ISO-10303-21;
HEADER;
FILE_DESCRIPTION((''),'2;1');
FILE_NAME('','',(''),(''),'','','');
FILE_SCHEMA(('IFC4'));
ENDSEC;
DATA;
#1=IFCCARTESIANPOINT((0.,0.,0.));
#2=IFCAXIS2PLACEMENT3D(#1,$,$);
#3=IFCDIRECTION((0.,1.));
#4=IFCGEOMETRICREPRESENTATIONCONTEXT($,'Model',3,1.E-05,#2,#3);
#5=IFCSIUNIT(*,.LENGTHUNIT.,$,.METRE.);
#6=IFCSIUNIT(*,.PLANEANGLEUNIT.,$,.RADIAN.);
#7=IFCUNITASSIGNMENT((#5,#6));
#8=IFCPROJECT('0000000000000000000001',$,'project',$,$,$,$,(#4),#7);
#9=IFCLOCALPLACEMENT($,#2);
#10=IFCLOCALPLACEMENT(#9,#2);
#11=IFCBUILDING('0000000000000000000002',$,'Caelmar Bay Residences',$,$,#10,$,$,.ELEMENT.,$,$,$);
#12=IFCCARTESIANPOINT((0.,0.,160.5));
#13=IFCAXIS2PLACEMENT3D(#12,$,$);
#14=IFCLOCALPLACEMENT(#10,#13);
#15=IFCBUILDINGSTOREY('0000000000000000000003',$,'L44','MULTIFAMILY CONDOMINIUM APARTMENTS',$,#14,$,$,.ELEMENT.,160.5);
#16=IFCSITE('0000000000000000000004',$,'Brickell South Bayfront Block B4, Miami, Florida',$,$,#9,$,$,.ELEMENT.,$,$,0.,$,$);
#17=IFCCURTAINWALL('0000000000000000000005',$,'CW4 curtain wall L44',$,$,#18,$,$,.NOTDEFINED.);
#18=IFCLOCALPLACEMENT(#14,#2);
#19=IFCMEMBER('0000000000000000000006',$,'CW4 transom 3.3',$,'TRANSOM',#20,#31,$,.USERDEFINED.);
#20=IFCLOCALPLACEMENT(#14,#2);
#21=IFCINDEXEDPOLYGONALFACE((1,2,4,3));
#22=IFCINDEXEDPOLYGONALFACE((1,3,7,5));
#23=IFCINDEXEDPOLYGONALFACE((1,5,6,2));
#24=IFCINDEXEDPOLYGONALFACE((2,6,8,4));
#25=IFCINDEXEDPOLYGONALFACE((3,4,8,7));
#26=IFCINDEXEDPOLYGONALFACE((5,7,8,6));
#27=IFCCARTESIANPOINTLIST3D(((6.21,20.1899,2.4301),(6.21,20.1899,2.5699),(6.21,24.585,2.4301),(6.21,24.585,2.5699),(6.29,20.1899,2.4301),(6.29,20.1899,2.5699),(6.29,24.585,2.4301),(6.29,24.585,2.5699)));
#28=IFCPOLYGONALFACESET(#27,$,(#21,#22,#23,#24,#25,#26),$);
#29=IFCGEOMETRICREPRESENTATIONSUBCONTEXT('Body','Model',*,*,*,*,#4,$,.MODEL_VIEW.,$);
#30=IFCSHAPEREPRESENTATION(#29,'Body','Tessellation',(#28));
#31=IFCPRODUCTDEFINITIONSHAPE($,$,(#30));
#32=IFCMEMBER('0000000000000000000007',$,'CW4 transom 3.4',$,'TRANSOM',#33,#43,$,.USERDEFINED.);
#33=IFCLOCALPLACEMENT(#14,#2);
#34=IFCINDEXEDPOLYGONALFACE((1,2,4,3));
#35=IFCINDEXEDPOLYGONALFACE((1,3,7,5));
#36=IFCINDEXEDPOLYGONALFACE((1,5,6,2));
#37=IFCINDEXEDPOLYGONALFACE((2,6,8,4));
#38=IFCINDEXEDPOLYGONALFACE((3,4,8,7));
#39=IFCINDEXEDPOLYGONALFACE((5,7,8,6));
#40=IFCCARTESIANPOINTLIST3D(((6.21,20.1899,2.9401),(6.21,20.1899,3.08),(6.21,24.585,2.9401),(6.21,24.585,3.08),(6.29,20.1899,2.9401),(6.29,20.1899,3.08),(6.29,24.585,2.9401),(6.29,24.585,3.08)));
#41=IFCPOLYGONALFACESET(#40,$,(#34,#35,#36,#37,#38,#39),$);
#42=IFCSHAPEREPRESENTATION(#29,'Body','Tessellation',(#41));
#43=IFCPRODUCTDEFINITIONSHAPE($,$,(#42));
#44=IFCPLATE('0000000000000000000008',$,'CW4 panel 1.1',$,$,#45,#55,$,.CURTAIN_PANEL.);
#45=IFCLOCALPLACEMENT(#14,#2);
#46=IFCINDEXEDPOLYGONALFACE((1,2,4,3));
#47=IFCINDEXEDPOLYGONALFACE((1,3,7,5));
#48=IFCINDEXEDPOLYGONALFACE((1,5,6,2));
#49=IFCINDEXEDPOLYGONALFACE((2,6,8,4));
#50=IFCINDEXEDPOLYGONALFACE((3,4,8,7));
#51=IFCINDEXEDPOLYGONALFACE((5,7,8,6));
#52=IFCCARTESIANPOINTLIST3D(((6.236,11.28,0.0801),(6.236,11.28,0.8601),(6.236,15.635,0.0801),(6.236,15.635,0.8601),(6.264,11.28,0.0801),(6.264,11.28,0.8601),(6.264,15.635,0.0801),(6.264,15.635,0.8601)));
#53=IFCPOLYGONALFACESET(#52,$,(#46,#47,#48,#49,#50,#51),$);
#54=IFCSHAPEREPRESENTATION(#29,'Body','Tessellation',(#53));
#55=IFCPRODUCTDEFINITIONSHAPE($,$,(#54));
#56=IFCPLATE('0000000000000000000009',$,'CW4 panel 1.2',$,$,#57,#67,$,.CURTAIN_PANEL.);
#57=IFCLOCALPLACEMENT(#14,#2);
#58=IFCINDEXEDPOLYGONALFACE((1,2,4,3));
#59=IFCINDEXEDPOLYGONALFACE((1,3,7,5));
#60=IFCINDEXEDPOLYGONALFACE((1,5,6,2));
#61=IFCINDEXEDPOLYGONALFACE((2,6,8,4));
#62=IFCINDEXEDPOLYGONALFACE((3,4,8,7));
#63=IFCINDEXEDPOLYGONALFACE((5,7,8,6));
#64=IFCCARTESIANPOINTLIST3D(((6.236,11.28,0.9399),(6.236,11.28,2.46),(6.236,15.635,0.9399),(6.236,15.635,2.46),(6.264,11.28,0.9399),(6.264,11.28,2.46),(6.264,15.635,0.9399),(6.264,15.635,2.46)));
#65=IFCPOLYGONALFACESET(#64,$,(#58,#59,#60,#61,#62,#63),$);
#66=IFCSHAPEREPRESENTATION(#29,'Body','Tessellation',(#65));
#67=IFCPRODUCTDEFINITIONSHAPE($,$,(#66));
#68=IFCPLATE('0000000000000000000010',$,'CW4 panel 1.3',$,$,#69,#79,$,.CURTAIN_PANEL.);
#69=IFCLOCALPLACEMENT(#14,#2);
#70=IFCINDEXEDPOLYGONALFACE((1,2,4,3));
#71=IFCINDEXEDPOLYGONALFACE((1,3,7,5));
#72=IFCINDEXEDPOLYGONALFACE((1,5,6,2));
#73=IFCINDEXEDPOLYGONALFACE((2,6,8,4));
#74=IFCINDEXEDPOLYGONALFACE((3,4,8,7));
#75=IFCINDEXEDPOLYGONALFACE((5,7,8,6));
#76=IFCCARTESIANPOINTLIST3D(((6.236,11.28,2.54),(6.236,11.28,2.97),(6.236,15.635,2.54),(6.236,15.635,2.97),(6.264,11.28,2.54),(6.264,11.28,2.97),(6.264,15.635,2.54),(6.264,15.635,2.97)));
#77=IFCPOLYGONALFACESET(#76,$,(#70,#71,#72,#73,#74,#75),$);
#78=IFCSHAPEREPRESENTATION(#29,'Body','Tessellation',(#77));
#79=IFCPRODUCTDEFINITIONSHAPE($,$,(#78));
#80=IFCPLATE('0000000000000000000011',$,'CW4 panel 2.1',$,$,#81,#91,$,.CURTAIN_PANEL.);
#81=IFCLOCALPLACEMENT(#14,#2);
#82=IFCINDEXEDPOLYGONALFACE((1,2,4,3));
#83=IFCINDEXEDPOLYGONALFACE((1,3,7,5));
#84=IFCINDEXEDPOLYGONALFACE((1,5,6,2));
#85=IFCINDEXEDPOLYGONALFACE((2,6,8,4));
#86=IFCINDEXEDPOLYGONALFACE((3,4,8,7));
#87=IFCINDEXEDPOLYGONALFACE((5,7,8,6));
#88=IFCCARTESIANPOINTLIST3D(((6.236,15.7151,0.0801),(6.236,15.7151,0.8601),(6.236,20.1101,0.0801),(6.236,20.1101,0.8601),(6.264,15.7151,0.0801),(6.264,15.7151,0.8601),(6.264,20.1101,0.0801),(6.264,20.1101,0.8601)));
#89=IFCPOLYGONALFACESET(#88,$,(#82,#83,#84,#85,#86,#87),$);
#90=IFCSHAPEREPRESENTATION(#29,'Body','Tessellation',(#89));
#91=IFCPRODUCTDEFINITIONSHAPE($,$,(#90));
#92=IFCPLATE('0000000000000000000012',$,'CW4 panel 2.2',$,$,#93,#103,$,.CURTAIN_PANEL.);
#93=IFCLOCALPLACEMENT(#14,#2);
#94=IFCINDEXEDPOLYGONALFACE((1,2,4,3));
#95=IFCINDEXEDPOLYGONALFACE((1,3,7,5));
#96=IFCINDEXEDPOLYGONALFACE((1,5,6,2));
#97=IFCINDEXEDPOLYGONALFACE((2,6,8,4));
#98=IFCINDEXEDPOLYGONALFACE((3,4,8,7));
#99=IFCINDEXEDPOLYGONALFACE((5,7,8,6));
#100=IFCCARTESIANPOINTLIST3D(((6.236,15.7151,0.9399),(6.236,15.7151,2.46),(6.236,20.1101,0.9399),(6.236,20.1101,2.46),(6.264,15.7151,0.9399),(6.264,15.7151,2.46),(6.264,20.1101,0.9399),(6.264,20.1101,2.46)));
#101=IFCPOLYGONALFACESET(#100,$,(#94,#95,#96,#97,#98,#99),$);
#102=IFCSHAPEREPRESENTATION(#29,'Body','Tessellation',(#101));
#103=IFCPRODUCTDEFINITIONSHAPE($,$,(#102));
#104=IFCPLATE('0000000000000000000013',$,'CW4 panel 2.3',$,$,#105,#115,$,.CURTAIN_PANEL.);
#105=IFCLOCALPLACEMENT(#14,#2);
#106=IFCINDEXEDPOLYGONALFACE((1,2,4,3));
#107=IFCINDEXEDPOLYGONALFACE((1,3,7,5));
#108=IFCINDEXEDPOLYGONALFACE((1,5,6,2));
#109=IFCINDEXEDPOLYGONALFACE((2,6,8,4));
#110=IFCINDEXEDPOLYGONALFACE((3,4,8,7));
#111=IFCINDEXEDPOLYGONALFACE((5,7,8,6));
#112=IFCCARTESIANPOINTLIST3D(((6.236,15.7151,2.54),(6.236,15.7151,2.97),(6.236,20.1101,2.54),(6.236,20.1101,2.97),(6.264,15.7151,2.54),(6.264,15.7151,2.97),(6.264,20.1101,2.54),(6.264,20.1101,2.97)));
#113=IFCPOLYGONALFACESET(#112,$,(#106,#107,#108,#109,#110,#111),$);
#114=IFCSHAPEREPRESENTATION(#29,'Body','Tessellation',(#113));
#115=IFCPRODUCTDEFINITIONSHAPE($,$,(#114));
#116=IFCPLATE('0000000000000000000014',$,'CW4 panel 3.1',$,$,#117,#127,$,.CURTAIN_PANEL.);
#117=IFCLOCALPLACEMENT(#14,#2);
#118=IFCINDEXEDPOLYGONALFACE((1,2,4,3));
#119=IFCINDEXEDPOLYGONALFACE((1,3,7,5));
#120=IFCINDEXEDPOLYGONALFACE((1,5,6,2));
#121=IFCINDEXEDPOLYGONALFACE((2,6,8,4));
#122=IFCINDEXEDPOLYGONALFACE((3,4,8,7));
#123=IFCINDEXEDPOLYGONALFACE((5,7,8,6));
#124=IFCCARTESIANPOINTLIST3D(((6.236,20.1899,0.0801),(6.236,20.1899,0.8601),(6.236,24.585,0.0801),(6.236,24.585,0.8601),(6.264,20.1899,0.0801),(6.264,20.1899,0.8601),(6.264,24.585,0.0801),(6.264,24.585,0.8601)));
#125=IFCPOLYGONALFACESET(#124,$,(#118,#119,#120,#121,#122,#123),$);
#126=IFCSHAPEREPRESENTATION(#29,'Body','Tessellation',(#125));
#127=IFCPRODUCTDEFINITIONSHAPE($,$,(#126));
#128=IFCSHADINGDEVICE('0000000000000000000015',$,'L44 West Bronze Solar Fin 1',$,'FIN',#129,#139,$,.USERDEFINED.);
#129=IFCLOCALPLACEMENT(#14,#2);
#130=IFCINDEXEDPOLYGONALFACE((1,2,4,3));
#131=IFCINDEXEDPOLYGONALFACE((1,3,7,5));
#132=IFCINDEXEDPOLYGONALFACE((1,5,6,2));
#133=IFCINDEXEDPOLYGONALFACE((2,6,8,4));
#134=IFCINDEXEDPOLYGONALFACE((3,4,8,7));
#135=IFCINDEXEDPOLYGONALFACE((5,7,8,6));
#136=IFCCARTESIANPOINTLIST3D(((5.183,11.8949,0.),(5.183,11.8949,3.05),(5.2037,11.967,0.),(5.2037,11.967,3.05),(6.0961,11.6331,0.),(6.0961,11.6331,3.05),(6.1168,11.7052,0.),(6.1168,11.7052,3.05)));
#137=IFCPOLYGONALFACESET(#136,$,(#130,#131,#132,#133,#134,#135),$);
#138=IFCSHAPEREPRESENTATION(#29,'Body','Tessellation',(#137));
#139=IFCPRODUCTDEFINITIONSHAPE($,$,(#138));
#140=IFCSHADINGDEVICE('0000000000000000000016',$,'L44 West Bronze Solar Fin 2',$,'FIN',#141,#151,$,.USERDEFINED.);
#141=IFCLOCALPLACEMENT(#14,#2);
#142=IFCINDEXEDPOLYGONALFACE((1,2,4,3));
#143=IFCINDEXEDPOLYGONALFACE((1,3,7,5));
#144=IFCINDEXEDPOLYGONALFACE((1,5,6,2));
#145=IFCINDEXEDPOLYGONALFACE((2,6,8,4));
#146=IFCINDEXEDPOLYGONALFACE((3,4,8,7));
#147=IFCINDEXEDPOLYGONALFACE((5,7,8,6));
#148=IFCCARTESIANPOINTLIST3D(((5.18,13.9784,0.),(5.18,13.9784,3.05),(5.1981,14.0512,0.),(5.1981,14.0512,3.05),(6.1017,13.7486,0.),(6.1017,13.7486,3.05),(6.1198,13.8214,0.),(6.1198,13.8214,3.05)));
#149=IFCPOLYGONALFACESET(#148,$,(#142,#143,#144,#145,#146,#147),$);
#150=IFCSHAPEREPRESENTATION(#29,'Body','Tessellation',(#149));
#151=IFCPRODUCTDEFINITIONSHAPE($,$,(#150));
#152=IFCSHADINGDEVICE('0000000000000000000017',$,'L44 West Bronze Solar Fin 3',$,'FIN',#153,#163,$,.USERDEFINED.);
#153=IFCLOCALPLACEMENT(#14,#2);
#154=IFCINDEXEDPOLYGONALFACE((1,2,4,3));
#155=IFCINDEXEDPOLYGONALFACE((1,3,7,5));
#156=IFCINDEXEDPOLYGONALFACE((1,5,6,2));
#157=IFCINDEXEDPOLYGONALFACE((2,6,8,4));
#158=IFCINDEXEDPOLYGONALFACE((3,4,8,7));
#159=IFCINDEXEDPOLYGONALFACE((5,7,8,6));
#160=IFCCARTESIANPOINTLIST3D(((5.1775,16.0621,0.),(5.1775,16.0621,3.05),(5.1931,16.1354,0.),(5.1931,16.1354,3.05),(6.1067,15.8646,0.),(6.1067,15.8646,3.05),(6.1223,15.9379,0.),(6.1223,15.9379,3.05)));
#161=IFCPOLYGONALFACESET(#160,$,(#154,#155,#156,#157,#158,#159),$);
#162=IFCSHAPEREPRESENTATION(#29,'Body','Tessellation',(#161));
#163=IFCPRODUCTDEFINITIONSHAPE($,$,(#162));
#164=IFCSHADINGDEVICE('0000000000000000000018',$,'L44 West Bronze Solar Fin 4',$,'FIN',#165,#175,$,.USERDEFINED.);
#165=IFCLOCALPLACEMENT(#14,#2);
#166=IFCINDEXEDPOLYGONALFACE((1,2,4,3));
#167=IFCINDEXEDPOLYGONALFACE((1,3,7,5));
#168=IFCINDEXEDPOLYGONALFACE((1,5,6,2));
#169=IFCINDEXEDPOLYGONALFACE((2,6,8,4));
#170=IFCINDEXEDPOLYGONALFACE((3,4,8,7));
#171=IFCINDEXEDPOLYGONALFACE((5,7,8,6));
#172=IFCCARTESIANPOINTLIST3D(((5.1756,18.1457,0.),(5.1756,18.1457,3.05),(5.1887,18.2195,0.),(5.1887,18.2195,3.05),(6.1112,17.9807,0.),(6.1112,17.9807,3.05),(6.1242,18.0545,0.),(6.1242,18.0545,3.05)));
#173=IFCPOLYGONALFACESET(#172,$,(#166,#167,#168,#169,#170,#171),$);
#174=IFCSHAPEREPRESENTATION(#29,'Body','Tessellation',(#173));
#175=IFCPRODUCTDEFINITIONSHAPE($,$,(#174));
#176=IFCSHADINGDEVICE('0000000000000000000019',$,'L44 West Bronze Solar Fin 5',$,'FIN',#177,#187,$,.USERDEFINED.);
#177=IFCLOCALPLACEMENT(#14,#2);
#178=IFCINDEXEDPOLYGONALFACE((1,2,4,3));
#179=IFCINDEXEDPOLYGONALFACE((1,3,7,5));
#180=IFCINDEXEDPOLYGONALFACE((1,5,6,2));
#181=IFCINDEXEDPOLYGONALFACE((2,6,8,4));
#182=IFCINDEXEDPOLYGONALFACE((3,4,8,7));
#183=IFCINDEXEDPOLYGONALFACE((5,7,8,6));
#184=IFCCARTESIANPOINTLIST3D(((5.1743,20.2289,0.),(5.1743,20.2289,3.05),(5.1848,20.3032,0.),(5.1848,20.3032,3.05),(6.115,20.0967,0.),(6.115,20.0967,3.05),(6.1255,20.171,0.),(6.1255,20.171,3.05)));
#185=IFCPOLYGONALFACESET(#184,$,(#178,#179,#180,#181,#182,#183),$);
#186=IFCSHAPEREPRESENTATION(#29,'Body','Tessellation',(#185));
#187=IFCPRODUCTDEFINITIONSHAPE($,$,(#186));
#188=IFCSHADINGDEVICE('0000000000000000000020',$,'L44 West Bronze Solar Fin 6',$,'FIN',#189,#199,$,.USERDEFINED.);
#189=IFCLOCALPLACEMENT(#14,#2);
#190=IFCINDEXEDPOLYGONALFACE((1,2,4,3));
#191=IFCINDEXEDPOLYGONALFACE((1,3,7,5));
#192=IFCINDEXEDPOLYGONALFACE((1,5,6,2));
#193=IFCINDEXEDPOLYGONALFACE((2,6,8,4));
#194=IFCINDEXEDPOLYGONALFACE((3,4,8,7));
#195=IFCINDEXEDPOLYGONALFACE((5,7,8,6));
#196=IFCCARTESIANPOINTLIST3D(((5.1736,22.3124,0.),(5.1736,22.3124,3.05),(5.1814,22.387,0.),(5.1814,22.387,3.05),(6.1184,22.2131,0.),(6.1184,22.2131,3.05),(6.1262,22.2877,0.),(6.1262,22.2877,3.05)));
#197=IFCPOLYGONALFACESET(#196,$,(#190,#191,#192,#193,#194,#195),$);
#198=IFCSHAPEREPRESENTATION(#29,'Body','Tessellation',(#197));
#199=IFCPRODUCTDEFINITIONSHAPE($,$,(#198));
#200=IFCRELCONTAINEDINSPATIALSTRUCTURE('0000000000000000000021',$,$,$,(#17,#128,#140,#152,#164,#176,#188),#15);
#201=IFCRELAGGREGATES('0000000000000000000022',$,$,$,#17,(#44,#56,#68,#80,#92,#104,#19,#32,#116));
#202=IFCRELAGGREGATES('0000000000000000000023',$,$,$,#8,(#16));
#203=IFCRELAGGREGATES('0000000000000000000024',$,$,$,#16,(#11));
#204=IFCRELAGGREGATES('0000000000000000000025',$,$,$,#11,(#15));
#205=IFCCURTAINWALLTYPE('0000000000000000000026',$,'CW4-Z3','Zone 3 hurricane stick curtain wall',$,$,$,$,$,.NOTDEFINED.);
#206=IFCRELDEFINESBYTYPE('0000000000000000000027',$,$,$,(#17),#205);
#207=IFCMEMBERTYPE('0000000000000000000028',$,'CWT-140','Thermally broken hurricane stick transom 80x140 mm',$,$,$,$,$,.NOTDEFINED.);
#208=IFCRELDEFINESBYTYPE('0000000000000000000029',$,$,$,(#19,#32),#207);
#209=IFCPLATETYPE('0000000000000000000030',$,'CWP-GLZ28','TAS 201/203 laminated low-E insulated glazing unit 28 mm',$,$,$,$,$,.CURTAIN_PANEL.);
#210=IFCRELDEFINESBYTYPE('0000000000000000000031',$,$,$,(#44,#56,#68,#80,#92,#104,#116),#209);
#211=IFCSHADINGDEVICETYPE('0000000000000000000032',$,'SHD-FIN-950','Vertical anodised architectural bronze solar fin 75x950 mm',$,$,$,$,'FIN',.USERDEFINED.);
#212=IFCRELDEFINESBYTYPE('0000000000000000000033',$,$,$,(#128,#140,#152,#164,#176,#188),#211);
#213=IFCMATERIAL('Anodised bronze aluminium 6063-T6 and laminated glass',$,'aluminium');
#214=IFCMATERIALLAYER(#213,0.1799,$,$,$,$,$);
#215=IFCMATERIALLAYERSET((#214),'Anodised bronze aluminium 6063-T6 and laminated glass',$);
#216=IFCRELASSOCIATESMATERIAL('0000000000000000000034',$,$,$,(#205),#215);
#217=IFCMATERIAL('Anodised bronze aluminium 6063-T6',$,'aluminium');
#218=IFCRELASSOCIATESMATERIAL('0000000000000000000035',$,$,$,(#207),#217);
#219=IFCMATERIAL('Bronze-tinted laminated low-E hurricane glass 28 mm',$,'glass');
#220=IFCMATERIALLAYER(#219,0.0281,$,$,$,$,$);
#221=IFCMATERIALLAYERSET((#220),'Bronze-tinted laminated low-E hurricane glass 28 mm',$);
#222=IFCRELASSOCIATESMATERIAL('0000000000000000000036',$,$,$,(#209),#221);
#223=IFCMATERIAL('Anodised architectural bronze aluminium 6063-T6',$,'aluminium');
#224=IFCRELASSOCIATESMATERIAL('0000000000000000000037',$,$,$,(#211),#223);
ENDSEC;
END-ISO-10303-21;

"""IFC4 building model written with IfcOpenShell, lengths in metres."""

from ifc_helpers import new_model, si_unit, direction, frame, origin, origin_2d, place, context, subcontext, project, spatial, rectangle, extrude, material, layer, layer_set, material_profile, profile_set, type_object, element, aggregate, save


model = new_model("IFC4")

# Units and contexts
model_context = context("Model", 3, precision=1e-05, world=origin(), true_north=direction((0.0, 1.0)))
body_context = subcontext(model_context, "Body", "Model", "MODEL_VIEW")
ifc_project = project(units=[si_unit("LENGTHUNIT", "METRE"), si_unit("PLANEANGLEUNIT", "RADIAN")], contexts=[model_context])

# Site, building, storey
site_placement = place(None, origin())
site = spatial("IfcSite", under=ifc_project, at=site_placement, Name="Brickell South Bayfront Block B4, Miami, Florida", CompositionType="ELEMENT", RefElevation=0.0)
building_placement = place(site_placement, origin())
building = spatial("IfcBuilding", under=site, at=building_placement, Name="Caelmar Bay Residences", CompositionType="ELEMENT")
storey_placement = place(building_placement, frame((0.0, 0.0, 160.5)))
storey = spatial("IfcBuildingStorey", under=building, at=storey_placement, Name="L44", Description="MULTIFAMILY CONDOMINIUM APARTMENTS", CompositionType="ELEMENT", Elevation=160.5)

# Curtain wall, members, plates
ifc_material_1 = material(Name="Anodised bronze aluminium 6063-T6 and laminated glass", Category="aluminium")
ifc_layer_1 = layer(ifc_material_1, 0.1799)
ifc_layer_set_1 = layer_set([ifc_layer_1], Name="Anodised bronze aluminium 6063-T6 and laminated glass")
curtain_wall_type = type_object("IfcCurtainWallType", Name="CW4-Z3", Description="Zone 3 hurricane stick curtain wall", PredefinedType="NOTDEFINED", material=ifc_layer_set_1)
curtain_wall_placement = place(storey_placement, origin())
curtain_wall = element("IfcCurtainWall", 1, at=curtain_wall_placement, inside=storey, type_object=curtain_wall_type, Name="CW4 curtain wall L44", PredefinedType="NOTDEFINED")
ifc_material_2 = material(Name="Anodised bronze aluminium 6063-T6", Category="aluminium")
ifc_material_profile_1 = material_profile(ifc_material_2, rectangle(XDim=0.0801, YDim=0.1399, at=origin_2d()), Name="CWT-80X140")
ifc_profile_set_1 = profile_set([ifc_material_profile_1], Name="Anodised bronze aluminium 6063-T6")
member_type_1 = type_object("IfcMemberType", Name="CWT-140", Description="Thermally broken hurricane stick transom 80x140 mm", PredefinedType="NOTDEFINED", material=ifc_profile_set_1)
member_1_placement = place(storey_placement, frame((6.25, 20.1899, 2.5), z_axis=(0.0, 1.0, 0.0), x_axis=(-1.0, 0.0, 0.0)))
member_1 = element("IfcMember", 2, at=member_1_placement, type_object=member_type_1, Name="CW4 transom 3.3", ObjectType="TRANSOM", PredefinedType="USERDEFINED", context=body_context, shape_type="SweptSolid", body=[
    extrude(rectangle(XDim=0.0801, YDim=0.1399, at=origin_2d()), origin(), (0.0, 0.0, 1.0), 4.395),
])
member_2_placement = place(storey_placement, frame((6.25, 20.1899, 3.01), z_axis=(0.0, 1.0, 0.0), x_axis=(-1.0, 0.0, 0.0)))
member_2 = element("IfcMember", 3, at=member_2_placement, type_object=member_type_1, Name="CW4 transom 3.4", ObjectType="TRANSOM", PredefinedType="USERDEFINED", context=body_context, shape_type="SweptSolid", body=[
    extrude(rectangle(XDim=0.0801, YDim=0.1399, at=origin_2d()), origin(), (0.0, 0.0, 1.0), 4.395),
])
ifc_material_3 = material(Name="Bronze-tinted laminated low-E hurricane glass 28 mm", Category="glass")
ifc_layer_2 = layer(ifc_material_3, 0.0281)
ifc_layer_set_2 = layer_set([ifc_layer_2], Name="Bronze-tinted laminated low-E hurricane glass 28 mm")
plate_type = type_object("IfcPlateType", Name="CWP-GLZ28", Description="TAS 201/203 laminated low-E insulated glazing unit 28 mm", PredefinedType="CURTAIN_PANEL", material=ifc_layer_set_2)
plate_1_placement = place(storey_placement, frame((6.25, 13.4575, 0.0801), z_axis=(0.0, 0.0, 1.0), x_axis=(0.0, 1.0, 0.0)))
plate_1 = element("IfcPlate", 4, at=plate_1_placement, type_object=plate_type, Name="CW4 panel 1.1", PredefinedType="CURTAIN_PANEL", context=body_context, shape_type="SweptSolid", body=[
    extrude(rectangle(XDim=4.355, YDim=0.0281, at=origin_2d()), origin(), (0.0, 0.0, 1.0), 0.78),
])
plate_2_placement = place(storey_placement, frame((6.25, 13.4575, 0.9399), z_axis=(0.0, 0.0, 1.0), x_axis=(0.0, 1.0, 0.0)))
plate_2 = element("IfcPlate", 5, at=plate_2_placement, type_object=plate_type, Name="CW4 panel 1.2", PredefinedType="CURTAIN_PANEL", context=body_context, shape_type="SweptSolid", body=[
    extrude(rectangle(XDim=4.355, YDim=0.0281, at=origin_2d()), origin(), (0.0, 0.0, 1.0), 1.52),
])
plate_3_placement = place(storey_placement, frame((6.25, 13.4575, 2.54), z_axis=(0.0, 0.0, 1.0), x_axis=(0.0, 1.0, 0.0)))
plate_3 = element("IfcPlate", 6, at=plate_3_placement, type_object=plate_type, Name="CW4 panel 1.3", PredefinedType="CURTAIN_PANEL", context=body_context, shape_type="SweptSolid", body=[
    extrude(rectangle(XDim=4.355, YDim=0.0281, at=origin_2d()), origin(), (0.0, 0.0, 1.0), 0.4299),
])
plate_4_placement = place(storey_placement, frame((6.25, 17.9126, 0.0801), z_axis=(0.0, 0.0, 1.0), x_axis=(0.0, 1.0, 0.0)))
plate_4 = element("IfcPlate", 7, at=plate_4_placement, type_object=plate_type, Name="CW4 panel 2.1", PredefinedType="CURTAIN_PANEL", context=body_context, shape_type="SweptSolid", body=[
    extrude(rectangle(XDim=4.395, YDim=0.0281, at=origin_2d()), origin(), (0.0, 0.0, 1.0), 0.78),
])
plate_5_placement = place(storey_placement, frame((6.25, 17.9126, 0.9399), z_axis=(0.0, 0.0, 1.0), x_axis=(0.0, 1.0, 0.0)))
plate_5 = element("IfcPlate", 8, at=plate_5_placement, type_object=plate_type, Name="CW4 panel 2.2", PredefinedType="CURTAIN_PANEL", context=body_context, shape_type="SweptSolid", body=[
    extrude(rectangle(XDim=4.395, YDim=0.0281, at=origin_2d()), origin(), (0.0, 0.0, 1.0), 1.52),
])
plate_6_placement = place(storey_placement, frame((6.25, 17.9126, 2.54), z_axis=(0.0, 0.0, 1.0), x_axis=(0.0, 1.0, 0.0)))
plate_6 = element("IfcPlate", 9, at=plate_6_placement, type_object=plate_type, Name="CW4 panel 2.3", PredefinedType="CURTAIN_PANEL", context=body_context, shape_type="SweptSolid", body=[
    extrude(rectangle(XDim=4.395, YDim=0.0281, at=origin_2d()), origin(), (0.0, 0.0, 1.0), 0.4299),
])
plate_7_placement = place(storey_placement, frame((6.25, 22.3875, 0.0801), z_axis=(0.0, 0.0, 1.0), x_axis=(0.0, 1.0, 0.0)))
plate_7 = element("IfcPlate", 10, at=plate_7_placement, type_object=plate_type, Name="CW4 panel 3.1", PredefinedType="CURTAIN_PANEL", context=body_context, shape_type="SweptSolid", body=[
    extrude(rectangle(XDim=4.395, YDim=0.0281, at=origin_2d()), origin(), (0.0, 0.0, 1.0), 0.78),
])
aggregate(curtain_wall, [plate_1, plate_2, plate_3, plate_4, plate_5, plate_6, member_1, member_2, plate_7])

# Shading devices
ifc_material_4 = material(Name="Anodised architectural bronze aluminium 6063-T6", Category="aluminium")
ifc_material_profile_2 = material_profile(ifc_material_4, rectangle(XDim=0.075, YDim=0.95, at=origin_2d()), Name="BRONZE-FIN-75X950")
ifc_profile_set_2 = profile_set([ifc_material_profile_2], Name="Anodised architectural bronze aluminium 6063-T6")
shading_device_type = type_object("IfcShadingDeviceType", Name="SHD-FIN-950", Description="Vertical anodised architectural bronze solar fin 75x950 mm", ElementType="FIN", PredefinedType="USERDEFINED", material=ifc_profile_set_2)
for number, where, z_axis, x_axis, name in (
    (11, (5.6499, 11.8, 0.0), (0.0, 0.0, 1.0), (0.275637, 0.961262, 0.0), "L44 West Bronze Solar Fin 1"),
    (12, (5.6499, 13.8999, 0.0), (0.0, 0.0, 1.0), (0.241922, 0.970296, 0.0), "L44 West Bronze Solar Fin 2"),
    (13, (5.6499, 16.0, 0.0), (0.0, 0.0, 1.0), (0.207912, 0.978148, 0.0), "L44 West Bronze Solar Fin 3"),
    (14, (5.6499, 18.1001, 0.0), (0.0, 0.0, 1.0), (0.173648, 0.984808, 0.0), "L44 West Bronze Solar Fin 4"),
    (15, (5.6499, 20.2, 0.0), (0.0, 0.0, 1.0), (0.139173, 0.990268, 0.0), "L44 West Bronze Solar Fin 5"),
    (16, (5.6499, 22.3, 0.0), (0.0, 0.0, 1.0), (0.104528, 0.994522, 0.0), "L44 West Bronze Solar Fin 6"),
):
    element("IfcShadingDevice", number, at=place(storey_placement, frame(where, z_axis=z_axis, x_axis=x_axis)), inside=storey, type_object=shading_device_type, Name=name, ObjectType="FIN", PredefinedType="USERDEFINED", context=body_context, shape_type="SweptSolid", body=[
        extrude(rectangle(XDim=0.075, YDim=0.95, at=origin_2d()), origin(), (0.0, 0.0, 1.0), 3.05),
    ])

save(model, "model.ifc")
